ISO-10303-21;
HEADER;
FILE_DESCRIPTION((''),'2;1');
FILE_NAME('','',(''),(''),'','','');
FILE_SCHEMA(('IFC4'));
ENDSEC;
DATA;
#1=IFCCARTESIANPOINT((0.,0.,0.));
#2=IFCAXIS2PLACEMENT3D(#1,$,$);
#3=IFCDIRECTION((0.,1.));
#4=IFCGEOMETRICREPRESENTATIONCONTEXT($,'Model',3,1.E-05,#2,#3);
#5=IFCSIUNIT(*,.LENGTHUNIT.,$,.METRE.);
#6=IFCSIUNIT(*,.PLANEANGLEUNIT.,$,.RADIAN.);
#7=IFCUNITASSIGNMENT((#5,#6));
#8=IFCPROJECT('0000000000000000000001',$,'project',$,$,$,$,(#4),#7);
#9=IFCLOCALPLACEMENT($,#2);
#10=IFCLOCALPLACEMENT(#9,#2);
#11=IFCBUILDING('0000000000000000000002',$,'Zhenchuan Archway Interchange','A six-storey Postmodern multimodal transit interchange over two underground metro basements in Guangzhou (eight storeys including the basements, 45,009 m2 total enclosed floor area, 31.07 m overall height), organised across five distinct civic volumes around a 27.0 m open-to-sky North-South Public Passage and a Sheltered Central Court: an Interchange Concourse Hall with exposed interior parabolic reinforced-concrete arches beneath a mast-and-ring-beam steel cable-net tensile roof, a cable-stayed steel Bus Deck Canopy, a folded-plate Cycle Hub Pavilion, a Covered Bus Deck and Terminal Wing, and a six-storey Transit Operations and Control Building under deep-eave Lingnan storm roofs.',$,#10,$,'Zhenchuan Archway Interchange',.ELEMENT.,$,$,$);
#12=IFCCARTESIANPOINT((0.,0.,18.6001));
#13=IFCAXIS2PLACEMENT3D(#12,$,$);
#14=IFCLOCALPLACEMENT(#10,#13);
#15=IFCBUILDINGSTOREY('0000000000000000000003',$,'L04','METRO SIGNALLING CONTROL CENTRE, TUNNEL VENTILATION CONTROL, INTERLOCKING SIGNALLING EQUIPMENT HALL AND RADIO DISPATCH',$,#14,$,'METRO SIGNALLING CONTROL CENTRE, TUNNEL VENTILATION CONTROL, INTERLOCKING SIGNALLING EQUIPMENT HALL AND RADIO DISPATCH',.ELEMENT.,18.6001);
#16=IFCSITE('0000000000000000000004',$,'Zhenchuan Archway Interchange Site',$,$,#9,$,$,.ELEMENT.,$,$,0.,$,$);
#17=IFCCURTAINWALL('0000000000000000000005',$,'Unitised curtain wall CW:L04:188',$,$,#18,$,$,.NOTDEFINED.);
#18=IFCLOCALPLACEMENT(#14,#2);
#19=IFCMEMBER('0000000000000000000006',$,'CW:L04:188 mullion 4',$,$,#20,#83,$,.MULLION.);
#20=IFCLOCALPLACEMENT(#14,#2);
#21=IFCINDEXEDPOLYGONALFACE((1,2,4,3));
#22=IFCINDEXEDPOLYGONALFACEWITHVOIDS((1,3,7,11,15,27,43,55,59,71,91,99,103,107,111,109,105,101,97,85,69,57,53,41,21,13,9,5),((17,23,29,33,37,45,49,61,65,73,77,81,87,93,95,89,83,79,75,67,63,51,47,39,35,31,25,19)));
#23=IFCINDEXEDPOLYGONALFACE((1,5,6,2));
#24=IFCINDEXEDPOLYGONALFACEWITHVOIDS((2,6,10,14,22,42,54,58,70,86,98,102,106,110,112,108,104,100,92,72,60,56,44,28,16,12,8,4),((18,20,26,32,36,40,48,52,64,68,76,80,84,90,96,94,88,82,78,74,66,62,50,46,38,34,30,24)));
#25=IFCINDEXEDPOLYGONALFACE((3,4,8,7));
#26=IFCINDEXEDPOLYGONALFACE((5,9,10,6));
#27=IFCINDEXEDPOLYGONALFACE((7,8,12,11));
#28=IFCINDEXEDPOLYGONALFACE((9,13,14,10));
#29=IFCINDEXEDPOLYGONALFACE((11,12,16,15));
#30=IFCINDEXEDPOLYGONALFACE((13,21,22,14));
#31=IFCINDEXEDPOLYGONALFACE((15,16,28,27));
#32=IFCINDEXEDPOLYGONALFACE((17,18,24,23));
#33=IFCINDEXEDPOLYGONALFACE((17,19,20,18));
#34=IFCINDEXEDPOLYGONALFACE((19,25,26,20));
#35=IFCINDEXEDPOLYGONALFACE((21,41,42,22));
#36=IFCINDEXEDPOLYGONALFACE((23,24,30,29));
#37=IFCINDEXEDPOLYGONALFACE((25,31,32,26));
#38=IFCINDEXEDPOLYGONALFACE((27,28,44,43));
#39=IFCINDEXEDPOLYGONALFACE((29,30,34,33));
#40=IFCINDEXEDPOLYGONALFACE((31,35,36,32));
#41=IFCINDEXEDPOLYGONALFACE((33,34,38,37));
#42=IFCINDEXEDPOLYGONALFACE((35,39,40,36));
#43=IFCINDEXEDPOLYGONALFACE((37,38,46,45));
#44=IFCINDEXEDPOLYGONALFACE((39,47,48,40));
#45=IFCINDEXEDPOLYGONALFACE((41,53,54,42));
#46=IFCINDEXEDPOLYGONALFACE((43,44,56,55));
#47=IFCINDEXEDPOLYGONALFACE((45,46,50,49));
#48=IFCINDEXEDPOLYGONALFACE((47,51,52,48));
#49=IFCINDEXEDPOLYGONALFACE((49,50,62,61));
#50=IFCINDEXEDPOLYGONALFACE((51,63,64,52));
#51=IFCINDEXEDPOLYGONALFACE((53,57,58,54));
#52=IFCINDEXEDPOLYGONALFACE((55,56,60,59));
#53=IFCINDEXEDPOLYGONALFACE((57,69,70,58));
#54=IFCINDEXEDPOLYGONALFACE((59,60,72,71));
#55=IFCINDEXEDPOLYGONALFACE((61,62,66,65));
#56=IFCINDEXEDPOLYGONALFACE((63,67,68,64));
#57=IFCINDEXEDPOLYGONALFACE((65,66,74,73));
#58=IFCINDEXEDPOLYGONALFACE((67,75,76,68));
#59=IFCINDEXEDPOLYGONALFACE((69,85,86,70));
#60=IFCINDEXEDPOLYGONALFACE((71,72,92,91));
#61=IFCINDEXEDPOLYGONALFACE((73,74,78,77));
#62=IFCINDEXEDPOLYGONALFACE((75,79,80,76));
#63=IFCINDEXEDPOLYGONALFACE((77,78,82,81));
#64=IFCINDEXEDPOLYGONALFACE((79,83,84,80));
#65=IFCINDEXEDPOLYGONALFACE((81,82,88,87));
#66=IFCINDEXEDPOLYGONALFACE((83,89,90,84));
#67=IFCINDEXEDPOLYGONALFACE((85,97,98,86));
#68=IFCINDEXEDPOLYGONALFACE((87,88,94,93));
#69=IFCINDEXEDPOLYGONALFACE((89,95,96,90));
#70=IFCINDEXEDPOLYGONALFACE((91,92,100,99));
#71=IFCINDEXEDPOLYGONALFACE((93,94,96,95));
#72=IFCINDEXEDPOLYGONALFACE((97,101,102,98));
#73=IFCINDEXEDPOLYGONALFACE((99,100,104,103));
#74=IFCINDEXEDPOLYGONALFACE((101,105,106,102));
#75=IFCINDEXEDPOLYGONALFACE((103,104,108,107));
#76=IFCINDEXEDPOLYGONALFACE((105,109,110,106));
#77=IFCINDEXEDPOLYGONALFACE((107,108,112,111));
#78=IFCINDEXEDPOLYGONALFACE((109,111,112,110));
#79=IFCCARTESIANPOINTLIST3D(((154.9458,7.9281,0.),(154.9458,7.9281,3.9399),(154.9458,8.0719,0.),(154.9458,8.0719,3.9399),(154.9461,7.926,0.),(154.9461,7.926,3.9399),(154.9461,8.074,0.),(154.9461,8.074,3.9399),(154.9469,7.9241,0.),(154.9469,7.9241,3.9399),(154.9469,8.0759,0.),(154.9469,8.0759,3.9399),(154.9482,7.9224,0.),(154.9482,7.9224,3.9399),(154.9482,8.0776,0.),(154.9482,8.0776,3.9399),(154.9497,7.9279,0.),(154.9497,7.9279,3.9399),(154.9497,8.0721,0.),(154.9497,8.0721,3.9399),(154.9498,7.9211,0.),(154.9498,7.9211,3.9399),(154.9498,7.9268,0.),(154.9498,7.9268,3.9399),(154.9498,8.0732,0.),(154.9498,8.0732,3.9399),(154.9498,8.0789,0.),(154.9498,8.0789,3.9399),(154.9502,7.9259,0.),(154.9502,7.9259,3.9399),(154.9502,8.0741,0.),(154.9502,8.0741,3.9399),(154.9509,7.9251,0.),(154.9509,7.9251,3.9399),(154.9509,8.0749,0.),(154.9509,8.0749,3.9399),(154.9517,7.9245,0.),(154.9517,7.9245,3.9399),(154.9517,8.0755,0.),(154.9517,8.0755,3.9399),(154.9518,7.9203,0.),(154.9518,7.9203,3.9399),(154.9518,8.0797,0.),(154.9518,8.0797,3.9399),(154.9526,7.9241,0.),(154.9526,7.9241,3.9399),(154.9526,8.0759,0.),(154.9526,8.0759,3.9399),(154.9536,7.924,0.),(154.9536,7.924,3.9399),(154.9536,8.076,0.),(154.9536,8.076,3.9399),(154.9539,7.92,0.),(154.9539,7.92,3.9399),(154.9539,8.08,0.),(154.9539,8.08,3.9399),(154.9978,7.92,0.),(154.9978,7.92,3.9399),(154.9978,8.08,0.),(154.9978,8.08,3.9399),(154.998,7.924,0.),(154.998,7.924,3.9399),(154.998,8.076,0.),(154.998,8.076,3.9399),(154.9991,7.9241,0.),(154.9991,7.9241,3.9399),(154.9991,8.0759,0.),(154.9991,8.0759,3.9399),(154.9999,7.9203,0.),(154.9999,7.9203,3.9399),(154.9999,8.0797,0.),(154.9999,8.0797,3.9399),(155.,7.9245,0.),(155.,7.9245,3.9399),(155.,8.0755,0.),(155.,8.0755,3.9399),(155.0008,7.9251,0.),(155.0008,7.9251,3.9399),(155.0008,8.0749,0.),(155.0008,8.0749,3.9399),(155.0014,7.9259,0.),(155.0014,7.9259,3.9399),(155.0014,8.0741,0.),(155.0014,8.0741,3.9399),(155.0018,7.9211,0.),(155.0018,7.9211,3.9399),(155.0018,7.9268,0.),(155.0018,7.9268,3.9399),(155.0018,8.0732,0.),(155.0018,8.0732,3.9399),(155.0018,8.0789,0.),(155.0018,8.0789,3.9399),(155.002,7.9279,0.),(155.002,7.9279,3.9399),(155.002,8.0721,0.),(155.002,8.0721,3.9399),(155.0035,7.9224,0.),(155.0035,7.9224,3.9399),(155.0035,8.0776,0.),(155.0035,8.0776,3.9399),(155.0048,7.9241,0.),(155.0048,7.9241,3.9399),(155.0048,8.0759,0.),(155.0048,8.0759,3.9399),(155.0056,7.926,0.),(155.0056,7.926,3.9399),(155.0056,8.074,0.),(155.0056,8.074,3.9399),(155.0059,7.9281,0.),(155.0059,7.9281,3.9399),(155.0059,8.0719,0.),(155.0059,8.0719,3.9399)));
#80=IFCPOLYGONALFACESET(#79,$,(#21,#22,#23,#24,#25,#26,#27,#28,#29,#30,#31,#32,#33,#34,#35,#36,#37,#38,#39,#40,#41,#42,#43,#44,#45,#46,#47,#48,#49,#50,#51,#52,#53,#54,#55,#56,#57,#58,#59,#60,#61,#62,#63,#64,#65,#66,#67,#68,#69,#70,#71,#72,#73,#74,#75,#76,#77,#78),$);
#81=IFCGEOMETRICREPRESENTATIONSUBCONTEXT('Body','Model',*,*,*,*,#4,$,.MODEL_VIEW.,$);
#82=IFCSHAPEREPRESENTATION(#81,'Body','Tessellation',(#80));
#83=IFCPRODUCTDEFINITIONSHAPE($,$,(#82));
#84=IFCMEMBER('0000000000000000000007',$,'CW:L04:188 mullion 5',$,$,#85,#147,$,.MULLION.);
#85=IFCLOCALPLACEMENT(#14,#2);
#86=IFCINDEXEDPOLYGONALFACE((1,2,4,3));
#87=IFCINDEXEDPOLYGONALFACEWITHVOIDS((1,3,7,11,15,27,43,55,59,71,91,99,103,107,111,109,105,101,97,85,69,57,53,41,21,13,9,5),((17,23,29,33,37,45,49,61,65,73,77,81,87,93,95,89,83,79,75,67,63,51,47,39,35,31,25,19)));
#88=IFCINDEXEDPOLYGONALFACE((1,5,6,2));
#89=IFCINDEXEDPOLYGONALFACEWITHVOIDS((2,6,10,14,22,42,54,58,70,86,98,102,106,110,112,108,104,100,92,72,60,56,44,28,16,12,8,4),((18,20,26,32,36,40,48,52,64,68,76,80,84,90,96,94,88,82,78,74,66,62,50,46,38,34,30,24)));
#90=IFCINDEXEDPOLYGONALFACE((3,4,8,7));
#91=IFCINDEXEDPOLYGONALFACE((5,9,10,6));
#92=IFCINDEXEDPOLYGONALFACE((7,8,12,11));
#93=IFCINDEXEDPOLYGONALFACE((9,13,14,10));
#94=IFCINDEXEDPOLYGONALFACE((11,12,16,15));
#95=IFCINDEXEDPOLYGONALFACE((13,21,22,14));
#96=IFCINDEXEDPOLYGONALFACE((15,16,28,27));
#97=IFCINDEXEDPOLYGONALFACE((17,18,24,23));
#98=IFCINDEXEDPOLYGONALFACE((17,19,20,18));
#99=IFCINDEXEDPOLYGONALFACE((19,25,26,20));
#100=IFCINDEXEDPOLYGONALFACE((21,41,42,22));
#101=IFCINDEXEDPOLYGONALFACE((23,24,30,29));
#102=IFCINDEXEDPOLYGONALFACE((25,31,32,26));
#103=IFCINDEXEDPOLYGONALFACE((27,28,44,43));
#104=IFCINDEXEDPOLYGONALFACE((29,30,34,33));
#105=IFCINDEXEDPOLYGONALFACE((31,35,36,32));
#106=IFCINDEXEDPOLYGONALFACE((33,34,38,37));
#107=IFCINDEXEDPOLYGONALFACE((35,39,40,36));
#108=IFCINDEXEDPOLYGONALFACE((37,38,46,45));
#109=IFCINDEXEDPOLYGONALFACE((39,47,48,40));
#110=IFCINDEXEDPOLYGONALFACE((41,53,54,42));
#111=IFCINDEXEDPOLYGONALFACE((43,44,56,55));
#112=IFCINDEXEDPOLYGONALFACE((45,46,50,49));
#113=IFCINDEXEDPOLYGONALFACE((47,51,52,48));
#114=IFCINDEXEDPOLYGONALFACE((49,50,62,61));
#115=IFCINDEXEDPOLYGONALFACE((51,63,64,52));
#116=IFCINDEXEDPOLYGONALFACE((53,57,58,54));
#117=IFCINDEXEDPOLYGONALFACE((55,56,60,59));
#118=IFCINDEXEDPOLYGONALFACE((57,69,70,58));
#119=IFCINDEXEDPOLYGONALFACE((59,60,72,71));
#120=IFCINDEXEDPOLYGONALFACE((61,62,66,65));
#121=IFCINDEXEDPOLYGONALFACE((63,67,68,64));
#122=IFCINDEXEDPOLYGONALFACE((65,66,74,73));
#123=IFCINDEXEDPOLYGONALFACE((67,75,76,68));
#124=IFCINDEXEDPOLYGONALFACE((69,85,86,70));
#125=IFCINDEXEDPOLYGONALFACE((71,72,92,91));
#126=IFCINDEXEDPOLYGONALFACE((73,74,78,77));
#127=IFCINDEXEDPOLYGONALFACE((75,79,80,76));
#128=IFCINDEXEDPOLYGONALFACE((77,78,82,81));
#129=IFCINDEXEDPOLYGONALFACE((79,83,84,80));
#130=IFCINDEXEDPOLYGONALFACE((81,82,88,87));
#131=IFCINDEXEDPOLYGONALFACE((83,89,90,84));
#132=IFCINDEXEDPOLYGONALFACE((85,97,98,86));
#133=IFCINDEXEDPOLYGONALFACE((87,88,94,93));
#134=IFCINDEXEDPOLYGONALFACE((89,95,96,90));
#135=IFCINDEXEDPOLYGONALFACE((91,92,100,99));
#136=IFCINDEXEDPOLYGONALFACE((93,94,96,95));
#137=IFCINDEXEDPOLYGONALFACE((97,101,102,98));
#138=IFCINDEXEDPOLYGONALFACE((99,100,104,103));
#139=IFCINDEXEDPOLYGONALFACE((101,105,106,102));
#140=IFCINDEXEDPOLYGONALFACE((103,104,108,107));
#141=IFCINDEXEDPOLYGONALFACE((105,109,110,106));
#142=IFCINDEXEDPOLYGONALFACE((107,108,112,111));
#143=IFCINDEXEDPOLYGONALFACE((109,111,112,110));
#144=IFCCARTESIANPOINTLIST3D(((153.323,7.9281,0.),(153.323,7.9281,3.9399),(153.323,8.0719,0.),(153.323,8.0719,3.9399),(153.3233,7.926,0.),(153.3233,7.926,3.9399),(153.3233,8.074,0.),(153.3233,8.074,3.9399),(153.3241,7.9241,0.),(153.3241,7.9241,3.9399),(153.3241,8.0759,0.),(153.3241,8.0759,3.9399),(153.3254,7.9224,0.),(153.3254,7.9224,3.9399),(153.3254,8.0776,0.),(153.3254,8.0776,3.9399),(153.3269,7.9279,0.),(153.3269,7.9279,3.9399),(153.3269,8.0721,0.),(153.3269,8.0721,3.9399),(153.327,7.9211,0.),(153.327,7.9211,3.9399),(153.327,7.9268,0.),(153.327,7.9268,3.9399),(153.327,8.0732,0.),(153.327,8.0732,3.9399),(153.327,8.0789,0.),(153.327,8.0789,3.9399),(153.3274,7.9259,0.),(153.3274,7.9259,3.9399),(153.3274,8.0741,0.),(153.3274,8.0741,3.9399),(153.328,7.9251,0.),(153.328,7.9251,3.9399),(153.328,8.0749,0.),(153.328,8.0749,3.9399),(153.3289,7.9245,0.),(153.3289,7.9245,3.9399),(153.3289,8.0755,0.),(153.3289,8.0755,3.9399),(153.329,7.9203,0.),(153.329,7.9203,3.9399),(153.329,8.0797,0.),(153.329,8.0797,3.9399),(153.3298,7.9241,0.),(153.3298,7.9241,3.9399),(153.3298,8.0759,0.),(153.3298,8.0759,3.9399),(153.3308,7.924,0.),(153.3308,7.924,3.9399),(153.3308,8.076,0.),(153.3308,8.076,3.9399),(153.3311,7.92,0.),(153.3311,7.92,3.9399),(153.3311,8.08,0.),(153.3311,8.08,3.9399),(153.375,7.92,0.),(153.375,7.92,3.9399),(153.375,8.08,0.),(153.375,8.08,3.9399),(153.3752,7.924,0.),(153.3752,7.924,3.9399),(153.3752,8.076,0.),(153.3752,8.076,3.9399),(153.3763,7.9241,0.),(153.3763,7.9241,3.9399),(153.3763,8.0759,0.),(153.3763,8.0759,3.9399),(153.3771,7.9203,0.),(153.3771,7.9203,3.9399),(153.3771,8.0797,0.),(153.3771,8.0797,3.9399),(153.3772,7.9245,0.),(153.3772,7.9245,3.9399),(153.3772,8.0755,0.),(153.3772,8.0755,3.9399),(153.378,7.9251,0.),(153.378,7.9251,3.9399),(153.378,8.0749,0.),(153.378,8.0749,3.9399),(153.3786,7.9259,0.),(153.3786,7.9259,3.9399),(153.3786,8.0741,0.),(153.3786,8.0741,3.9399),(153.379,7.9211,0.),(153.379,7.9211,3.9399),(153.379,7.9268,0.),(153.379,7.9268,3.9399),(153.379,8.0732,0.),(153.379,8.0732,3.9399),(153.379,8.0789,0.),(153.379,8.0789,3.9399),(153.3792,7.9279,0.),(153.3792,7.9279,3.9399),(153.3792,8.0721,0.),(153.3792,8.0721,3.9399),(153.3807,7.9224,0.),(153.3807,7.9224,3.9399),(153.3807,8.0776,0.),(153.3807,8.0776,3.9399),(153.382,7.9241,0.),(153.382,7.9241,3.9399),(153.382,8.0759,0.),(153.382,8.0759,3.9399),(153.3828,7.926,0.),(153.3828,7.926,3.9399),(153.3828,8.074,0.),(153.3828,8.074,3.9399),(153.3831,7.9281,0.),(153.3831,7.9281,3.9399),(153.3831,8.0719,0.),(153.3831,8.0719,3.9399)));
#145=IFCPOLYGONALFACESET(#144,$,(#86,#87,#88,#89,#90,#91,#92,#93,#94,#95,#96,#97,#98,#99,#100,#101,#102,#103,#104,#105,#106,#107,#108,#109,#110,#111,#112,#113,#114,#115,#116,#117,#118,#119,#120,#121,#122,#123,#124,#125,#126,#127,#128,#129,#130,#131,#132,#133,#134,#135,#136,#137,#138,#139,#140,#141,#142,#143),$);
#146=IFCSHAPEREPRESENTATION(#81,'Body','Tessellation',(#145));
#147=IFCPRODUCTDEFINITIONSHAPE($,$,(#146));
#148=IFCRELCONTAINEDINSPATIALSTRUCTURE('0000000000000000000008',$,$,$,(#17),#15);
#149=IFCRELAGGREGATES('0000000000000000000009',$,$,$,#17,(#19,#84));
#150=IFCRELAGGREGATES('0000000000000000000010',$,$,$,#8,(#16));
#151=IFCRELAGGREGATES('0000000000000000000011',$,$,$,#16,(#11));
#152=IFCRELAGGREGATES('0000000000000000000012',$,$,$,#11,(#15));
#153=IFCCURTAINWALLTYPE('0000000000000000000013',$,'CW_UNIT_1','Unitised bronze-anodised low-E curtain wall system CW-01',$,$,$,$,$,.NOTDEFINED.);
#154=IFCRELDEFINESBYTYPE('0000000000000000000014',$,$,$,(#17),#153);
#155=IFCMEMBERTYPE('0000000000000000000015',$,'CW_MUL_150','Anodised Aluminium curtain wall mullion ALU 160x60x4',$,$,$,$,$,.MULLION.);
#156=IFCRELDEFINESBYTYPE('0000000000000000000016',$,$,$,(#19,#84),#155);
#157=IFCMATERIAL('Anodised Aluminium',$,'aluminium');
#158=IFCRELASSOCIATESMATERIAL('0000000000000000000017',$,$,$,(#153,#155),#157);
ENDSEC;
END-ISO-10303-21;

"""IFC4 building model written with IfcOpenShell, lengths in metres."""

from ifc_helpers import new_model, si_unit, direction, frame, origin, origin_2d, place, context, subcontext, project, spatial, hollow_rectangle, extrude, material, material_profile, profile_set, type_object, element, aggregate, save


model = new_model("IFC4")

# Units and contexts
model_context = context("Model", 3, precision=1e-05, world=origin(), true_north=direction((0.0, 1.0)))
body_context = subcontext(model_context, "Body", "Model", "MODEL_VIEW")
ifc_project = project(units=[si_unit("LENGTHUNIT", "METRE"), si_unit("PLANEANGLEUNIT", "RADIAN")], contexts=[model_context])

# Site, building, storey
site_placement = place(None, origin())
site = spatial("IfcSite", under=ifc_project, at=site_placement, Name="Zhenchuan Archway Interchange Site", CompositionType="ELEMENT", RefElevation=0.0)
building_placement = place(site_placement, origin())
building = spatial("IfcBuilding", under=site, at=building_placement, Name="Zhenchuan Archway Interchange", Description="A six-storey Postmodern multimodal transit interchange over two underground metro basements in Guangzhou (eight storeys including the basements, 45,009 m2 total enclosed floor area, 31.07 m overall height), organised across five distinct civic volumes around a 27.0 m open-to-sky North-South Public Passage and a Sheltered Central Court: an Interchange Concourse Hall with exposed interior parabolic reinforced-concrete arches beneath a mast-and-ring-beam steel cable-net tensile roof, a cable-stayed steel Bus Deck Canopy, a folded-plate Cycle Hub Pavilion, a Covered Bus Deck and Terminal Wing, and a six-storey Transit Operations and Control Building under deep-eave Lingnan storm roofs.", LongName="Zhenchuan Archway Interchange", CompositionType="ELEMENT")
storey_placement = place(building_placement, frame((0.0, 0.0, 18.6001)))
storey = spatial("IfcBuildingStorey", under=building, at=storey_placement, Name="L04", Description="METRO SIGNALLING CONTROL CENTRE, TUNNEL VENTILATION CONTROL, INTERLOCKING SIGNALLING EQUIPMENT HALL AND RADIO DISPATCH", LongName="METRO SIGNALLING CONTROL CENTRE, TUNNEL VENTILATION CONTROL, INTERLOCKING SIGNALLING EQUIPMENT HALL AND RADIO DISPATCH", CompositionType="ELEMENT", Elevation=18.6001)

# Curtain wall, members
ifc_material_1 = material(Name="Anodised Aluminium", Category="aluminium")
curtain_wall_type = type_object("IfcCurtainWallType", Name="CW_UNIT_1", Description="Unitised bronze-anodised low-E curtain wall system CW-01", PredefinedType="NOTDEFINED", material=ifc_material_1)
curtain_wall_placement = place(storey_placement, origin())
curtain_wall = element("IfcCurtainWall", 1, at=curtain_wall_placement, inside=storey, type_object=curtain_wall_type, Name="Unitised curtain wall CW:L04:188", PredefinedType="NOTDEFINED")
ifc_material_profile_1 = material_profile(ifc_material_1, hollow_rectangle(XDim=0.0601, YDim=0.1599, WallThickness=0.0039, InnerFilletRadius=0.0039, OuterFilletRadius=0.0081, at=origin_2d()), Name="ALU 160x60x4")
ifc_profile_set_1 = profile_set([ifc_material_profile_1], Name="Anodised Aluminium")
member_type_1 = type_object("IfcMemberType", Name="CW_MUL_150", Description="Anodised Aluminium curtain wall mullion ALU 160x60x4", PredefinedType="MULLION", material=ifc_profile_set_1)
member_1_placement = place(storey_placement, frame((154.9758, 8.0, 0.0), z_axis=(0.0, 0.0, 1.0), x_axis=(1.0, 0.0, 0.0)))
member_1 = element("IfcMember", 2, at=member_1_placement, type_object=member_type_1, Name="CW:L04:188 mullion 4", PredefinedType="MULLION", context=body_context, shape_type="SweptSolid", body=[
    extrude(hollow_rectangle(XDim=0.0601, YDim=0.1599, WallThickness=0.0039, InnerFilletRadius=0.0039, OuterFilletRadius=0.0081, at=origin_2d()), origin(), (0.0, 0.0, 1.0), 3.9399),
])
member_2_placement = place(storey_placement, frame((153.353, 8.0, 0.0), z_axis=(0.0, 0.0, 1.0), x_axis=(1.0, 0.0, 0.0)))
member_2 = element("IfcMember", 3, at=member_2_placement, type_object=member_type_1, Name="CW:L04:188 mullion 5", PredefinedType="MULLION", context=body_context, shape_type="SweptSolid", body=[
    extrude(hollow_rectangle(XDim=0.0601, YDim=0.1599, WallThickness=0.0039, InnerFilletRadius=0.0039, OuterFilletRadius=0.0081, at=origin_2d()), origin(), (0.0, 0.0, 1.0), 3.9399),
])

aggregate(curtain_wall, [member_1, member_2])

save(model, "model.ifc")
